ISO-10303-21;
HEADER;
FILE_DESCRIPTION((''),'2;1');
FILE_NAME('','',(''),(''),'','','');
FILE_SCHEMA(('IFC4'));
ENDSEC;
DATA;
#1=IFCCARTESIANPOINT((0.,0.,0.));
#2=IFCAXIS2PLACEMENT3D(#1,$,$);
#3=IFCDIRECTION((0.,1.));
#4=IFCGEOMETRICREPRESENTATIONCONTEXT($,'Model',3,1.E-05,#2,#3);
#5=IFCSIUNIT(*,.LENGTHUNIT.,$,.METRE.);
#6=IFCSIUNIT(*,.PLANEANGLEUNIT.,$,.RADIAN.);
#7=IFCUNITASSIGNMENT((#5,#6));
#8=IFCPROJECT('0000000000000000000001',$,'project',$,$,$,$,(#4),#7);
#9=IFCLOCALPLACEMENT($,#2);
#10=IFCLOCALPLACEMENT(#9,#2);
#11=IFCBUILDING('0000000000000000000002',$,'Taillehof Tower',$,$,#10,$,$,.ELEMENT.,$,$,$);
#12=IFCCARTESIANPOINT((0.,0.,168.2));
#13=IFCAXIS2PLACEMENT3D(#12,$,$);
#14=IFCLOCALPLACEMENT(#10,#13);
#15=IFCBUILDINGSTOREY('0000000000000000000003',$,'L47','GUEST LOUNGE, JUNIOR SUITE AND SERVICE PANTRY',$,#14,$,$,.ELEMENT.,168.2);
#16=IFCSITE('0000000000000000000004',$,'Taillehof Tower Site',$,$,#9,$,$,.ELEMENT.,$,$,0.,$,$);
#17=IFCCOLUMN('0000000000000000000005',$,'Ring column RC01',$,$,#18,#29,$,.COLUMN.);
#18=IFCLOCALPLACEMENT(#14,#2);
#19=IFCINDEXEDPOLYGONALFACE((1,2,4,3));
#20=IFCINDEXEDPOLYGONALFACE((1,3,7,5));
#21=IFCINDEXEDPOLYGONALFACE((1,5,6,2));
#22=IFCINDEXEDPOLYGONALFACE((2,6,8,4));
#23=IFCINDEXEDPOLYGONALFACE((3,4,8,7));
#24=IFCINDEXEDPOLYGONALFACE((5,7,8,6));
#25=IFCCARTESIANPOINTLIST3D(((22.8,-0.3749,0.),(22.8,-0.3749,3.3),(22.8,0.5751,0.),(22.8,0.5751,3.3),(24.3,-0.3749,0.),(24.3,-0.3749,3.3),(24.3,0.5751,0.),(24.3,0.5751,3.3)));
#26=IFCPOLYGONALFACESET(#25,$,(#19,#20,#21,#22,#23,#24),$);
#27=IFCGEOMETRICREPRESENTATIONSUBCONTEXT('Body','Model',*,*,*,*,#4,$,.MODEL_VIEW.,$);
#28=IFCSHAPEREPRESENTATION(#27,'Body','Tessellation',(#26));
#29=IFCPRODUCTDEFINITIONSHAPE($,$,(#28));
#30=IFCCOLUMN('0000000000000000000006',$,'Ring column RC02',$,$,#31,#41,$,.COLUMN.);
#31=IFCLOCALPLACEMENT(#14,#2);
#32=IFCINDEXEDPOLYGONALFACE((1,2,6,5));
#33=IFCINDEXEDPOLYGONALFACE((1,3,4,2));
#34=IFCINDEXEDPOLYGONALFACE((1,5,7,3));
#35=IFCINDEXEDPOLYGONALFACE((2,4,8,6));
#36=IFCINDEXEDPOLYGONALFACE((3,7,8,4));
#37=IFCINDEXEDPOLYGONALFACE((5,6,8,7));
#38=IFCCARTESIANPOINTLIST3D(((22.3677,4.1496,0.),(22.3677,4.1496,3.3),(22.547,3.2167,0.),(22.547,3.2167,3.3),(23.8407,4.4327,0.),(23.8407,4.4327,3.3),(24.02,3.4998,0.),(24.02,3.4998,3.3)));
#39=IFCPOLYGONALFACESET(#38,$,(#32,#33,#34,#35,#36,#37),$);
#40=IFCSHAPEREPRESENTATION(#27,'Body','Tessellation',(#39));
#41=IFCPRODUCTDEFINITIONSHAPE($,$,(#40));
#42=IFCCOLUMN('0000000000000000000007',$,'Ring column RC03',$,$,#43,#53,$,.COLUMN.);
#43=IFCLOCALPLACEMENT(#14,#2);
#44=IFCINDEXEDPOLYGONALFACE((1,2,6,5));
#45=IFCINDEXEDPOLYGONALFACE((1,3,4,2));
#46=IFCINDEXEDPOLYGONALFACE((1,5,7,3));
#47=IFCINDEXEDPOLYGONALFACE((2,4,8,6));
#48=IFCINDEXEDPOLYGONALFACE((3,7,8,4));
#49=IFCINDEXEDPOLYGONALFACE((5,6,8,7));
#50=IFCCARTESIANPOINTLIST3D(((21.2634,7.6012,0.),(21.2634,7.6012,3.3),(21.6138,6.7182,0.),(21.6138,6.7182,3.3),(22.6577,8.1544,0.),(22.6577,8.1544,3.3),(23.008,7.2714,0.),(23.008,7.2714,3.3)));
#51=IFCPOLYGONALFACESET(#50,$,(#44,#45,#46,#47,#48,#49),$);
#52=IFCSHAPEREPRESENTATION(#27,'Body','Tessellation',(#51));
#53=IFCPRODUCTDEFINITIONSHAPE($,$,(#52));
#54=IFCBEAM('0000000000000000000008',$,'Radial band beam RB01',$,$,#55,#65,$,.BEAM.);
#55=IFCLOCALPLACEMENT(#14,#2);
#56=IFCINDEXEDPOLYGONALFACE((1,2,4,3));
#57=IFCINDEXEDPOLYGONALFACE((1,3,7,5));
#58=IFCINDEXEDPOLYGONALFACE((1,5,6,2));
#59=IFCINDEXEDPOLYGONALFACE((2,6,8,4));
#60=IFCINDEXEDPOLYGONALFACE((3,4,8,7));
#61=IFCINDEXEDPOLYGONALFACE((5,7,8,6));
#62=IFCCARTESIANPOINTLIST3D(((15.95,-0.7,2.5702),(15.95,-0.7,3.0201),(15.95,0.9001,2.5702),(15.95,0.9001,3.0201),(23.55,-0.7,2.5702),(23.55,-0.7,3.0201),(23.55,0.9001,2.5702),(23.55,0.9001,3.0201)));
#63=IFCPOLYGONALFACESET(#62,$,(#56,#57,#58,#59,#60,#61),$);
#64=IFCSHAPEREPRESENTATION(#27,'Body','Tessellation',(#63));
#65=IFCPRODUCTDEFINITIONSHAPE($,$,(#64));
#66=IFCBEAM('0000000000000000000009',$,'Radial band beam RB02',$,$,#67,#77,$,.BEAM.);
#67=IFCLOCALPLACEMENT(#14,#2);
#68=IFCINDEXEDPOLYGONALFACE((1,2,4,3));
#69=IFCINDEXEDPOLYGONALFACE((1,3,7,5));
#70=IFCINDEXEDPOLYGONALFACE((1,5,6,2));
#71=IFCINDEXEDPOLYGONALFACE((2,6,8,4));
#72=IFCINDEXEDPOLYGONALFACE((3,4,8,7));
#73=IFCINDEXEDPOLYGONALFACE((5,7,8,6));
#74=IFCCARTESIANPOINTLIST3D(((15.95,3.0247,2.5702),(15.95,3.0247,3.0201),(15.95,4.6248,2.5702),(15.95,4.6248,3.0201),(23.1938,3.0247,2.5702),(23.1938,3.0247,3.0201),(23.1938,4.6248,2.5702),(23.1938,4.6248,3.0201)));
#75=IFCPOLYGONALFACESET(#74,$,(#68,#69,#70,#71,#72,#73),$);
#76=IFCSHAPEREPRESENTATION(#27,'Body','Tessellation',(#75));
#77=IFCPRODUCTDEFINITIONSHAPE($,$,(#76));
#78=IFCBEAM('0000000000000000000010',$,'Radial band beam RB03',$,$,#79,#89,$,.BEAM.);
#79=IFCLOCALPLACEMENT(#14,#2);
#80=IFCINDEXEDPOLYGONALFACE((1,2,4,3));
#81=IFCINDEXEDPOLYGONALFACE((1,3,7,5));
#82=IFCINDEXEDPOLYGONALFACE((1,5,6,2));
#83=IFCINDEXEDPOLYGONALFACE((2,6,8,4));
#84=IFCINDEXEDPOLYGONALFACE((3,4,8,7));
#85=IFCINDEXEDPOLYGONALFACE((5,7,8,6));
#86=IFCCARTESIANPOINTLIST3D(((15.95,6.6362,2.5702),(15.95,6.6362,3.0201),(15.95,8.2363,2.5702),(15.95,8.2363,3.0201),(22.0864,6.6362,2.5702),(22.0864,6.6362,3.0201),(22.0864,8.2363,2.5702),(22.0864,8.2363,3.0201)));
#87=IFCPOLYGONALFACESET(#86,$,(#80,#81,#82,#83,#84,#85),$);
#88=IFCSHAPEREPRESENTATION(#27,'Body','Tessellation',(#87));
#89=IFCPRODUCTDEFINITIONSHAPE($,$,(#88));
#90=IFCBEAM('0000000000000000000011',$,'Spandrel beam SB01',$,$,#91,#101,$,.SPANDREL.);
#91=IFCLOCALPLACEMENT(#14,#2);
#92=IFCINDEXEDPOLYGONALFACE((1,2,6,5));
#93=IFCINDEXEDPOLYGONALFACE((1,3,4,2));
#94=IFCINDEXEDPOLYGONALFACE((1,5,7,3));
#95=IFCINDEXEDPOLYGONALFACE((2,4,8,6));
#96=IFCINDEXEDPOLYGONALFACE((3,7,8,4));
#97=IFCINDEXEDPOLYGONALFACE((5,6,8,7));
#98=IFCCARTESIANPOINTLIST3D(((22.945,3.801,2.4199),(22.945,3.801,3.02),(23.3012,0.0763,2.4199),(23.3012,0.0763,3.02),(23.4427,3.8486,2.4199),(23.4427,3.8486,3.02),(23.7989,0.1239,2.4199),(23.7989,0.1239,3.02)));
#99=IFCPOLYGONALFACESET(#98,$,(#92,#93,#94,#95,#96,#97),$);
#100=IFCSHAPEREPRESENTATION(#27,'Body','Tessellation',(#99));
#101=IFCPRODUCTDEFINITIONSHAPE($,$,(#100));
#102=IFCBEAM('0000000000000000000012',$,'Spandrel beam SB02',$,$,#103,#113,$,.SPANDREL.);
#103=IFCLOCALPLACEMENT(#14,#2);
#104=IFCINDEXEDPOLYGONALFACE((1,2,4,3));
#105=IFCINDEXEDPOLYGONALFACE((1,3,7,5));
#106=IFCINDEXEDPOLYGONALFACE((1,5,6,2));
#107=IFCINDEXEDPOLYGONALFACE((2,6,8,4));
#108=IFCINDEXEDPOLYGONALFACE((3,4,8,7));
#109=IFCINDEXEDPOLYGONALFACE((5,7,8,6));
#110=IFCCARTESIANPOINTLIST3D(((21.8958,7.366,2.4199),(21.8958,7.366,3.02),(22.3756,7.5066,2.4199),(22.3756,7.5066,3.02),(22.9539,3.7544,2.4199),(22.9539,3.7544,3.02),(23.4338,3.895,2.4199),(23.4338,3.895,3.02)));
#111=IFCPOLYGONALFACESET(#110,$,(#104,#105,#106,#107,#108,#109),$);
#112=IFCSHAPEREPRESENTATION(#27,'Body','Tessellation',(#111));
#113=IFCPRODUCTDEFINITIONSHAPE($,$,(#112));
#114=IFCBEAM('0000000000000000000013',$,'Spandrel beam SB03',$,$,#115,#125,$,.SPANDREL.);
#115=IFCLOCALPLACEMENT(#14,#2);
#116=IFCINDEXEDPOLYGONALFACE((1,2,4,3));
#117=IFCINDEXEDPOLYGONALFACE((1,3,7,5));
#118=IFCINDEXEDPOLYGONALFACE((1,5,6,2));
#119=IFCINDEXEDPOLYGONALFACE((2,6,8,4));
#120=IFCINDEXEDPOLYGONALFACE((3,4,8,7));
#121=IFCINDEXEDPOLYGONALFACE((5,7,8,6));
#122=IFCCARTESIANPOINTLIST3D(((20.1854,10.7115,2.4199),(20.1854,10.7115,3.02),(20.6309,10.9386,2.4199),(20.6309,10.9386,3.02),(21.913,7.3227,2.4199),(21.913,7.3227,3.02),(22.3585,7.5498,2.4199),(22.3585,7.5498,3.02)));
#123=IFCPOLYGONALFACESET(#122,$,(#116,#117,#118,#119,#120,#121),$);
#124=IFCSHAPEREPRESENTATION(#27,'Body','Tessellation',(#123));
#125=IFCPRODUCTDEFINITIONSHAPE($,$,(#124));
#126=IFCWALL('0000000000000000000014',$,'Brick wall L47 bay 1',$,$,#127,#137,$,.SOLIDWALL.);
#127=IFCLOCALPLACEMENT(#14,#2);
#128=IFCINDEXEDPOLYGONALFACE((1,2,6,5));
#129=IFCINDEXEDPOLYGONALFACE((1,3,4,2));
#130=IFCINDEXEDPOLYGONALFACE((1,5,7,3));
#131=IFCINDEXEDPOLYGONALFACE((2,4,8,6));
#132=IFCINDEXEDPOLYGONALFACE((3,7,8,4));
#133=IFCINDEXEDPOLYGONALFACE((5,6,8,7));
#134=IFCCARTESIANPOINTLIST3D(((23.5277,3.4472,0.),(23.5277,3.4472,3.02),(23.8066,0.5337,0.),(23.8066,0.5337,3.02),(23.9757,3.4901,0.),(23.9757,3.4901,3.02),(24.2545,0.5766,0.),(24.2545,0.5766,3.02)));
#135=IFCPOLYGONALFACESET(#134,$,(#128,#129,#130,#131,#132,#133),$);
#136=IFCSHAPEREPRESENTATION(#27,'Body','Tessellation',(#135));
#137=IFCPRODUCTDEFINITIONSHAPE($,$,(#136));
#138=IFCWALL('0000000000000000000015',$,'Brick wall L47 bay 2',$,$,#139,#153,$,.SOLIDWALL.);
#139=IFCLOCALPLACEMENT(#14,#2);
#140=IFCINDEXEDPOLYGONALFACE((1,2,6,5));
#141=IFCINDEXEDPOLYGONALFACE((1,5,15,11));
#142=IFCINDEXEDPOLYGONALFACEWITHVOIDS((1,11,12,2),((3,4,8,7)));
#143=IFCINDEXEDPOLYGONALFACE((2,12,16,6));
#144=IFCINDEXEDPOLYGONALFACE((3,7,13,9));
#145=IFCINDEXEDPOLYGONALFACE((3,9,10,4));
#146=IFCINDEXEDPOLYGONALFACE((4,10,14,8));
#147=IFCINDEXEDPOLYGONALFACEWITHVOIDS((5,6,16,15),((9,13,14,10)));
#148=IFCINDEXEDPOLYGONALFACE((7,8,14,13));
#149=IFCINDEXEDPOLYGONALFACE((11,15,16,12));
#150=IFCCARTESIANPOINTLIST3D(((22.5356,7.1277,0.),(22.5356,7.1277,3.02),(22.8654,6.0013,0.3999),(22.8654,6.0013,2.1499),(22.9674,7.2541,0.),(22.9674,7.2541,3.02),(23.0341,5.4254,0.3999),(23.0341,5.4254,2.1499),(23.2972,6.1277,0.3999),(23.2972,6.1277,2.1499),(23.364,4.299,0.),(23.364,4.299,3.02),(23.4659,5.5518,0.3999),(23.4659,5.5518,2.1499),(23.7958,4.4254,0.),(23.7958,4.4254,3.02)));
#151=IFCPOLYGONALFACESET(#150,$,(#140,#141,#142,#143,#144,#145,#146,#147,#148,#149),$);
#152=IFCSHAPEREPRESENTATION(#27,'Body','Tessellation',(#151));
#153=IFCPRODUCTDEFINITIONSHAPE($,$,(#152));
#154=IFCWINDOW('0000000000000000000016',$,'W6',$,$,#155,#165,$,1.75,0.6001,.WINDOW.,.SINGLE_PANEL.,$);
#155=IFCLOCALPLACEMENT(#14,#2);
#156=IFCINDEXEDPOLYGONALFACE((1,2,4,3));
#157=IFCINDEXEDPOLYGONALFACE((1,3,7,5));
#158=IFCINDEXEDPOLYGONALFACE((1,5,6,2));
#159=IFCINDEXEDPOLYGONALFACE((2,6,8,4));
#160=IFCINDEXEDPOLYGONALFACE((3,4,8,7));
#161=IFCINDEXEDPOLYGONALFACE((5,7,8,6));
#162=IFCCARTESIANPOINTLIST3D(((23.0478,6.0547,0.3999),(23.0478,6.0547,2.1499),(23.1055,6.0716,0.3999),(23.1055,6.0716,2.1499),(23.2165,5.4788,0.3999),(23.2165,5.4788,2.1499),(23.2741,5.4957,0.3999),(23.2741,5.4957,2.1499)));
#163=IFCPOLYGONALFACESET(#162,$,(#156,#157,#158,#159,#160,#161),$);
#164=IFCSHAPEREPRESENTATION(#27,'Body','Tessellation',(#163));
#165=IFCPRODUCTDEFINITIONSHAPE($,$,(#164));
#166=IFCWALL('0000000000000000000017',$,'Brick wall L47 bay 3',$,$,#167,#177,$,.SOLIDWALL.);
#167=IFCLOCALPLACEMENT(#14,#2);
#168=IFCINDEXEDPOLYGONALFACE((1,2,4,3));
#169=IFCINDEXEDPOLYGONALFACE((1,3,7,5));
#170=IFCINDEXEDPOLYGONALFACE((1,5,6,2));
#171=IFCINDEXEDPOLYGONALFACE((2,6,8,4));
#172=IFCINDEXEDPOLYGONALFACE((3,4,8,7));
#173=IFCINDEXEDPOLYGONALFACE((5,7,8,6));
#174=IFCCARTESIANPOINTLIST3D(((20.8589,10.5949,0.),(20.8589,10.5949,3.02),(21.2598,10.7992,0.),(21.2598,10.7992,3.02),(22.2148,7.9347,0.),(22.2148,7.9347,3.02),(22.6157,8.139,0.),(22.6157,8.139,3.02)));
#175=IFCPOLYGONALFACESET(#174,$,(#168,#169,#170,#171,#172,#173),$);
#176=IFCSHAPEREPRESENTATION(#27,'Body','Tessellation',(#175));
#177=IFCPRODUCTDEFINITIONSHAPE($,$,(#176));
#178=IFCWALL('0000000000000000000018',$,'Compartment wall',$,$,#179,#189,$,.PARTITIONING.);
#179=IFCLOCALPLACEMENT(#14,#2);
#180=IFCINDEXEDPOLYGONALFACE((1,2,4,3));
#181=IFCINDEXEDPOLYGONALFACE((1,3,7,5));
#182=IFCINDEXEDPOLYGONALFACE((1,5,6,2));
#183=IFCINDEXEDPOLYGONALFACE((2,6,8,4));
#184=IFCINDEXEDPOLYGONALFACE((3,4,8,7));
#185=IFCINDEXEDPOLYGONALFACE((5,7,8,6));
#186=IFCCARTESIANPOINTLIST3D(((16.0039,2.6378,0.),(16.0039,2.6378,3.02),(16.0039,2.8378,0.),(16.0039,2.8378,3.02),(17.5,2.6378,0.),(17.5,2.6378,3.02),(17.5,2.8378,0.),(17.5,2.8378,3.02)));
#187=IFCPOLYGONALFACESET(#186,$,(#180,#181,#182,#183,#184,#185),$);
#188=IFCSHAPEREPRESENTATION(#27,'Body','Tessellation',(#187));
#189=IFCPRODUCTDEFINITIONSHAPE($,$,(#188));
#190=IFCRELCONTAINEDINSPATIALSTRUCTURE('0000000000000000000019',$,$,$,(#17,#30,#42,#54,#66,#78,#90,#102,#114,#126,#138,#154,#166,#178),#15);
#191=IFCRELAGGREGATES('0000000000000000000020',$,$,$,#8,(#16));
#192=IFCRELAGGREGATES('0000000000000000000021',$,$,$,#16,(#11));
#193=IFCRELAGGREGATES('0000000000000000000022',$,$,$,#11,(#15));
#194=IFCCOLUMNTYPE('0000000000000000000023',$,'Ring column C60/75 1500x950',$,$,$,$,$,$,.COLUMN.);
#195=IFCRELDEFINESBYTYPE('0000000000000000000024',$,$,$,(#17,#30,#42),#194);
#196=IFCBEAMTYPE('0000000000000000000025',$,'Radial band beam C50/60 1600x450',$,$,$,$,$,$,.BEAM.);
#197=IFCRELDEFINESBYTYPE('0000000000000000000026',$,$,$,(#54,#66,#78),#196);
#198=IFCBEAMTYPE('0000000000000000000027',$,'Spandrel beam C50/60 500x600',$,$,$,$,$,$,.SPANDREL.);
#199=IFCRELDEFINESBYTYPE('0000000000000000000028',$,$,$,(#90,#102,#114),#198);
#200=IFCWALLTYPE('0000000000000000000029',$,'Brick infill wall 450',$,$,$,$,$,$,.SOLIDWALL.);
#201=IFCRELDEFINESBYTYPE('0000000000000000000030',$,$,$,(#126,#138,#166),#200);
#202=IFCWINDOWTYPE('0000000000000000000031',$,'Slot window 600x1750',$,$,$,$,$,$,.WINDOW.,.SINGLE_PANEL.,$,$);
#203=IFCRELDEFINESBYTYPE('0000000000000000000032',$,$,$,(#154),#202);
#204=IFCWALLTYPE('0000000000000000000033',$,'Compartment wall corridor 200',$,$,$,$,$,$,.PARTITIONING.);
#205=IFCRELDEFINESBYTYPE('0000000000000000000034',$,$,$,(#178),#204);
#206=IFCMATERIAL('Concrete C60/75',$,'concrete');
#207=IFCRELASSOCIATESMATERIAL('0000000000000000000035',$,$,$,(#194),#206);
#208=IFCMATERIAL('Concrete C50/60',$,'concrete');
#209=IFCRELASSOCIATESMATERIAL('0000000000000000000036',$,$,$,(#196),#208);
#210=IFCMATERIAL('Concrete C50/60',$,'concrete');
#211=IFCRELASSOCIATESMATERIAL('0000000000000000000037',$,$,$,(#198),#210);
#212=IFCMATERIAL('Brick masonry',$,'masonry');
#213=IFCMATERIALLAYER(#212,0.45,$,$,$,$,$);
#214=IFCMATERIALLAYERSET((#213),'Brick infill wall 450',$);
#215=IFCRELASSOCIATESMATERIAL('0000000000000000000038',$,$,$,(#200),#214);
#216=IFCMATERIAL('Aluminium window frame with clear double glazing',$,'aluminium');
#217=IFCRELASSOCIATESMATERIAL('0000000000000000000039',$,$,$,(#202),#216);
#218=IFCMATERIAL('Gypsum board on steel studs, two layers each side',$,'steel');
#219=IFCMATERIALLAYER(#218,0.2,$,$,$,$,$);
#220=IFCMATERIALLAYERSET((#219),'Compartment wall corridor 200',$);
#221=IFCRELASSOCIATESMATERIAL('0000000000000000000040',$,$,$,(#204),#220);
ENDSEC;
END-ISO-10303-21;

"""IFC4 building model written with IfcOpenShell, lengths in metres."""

from ifc_helpers import new_model, si_unit, direction, frame, frame_2d, origin, origin_2d, place, context, subcontext, project, spatial, rectangle, extrude, material, layer, layer_set, material_profile, profile_set, type_object, element, fill, save


model = new_model("IFC4")

# Units and contexts
model_context = context("Model", 3, precision=1e-05, world=origin(), true_north=direction((0.0, 1.0)))
body_context = subcontext(model_context, "Body", "Model", "MODEL_VIEW")
ifc_project = project(units=[si_unit("LENGTHUNIT", "METRE"), si_unit("PLANEANGLEUNIT", "RADIAN")], contexts=[model_context])

# Site, building, storey
site_placement = place(None, origin())
site = spatial("IfcSite", under=ifc_project, at=site_placement, Name="Taillehof Tower Site", CompositionType="ELEMENT", RefElevation=0.0)
building_placement = place(site_placement, origin())
building = spatial("IfcBuilding", under=site, at=building_placement, Name="Taillehof Tower", CompositionType="ELEMENT")
storey_placement = place(building_placement, frame((0.0, 0.0, 168.2)))
storey = spatial("IfcBuildingStorey", under=building, at=storey_placement, Name="L47", Description="GUEST LOUNGE, JUNIOR SUITE AND SERVICE PANTRY", CompositionType="ELEMENT", Elevation=168.2)

# Columns
ifc_material_1 = material(Name="Concrete C60/75", Category="concrete")
ifc_material_profile_1 = material_profile(ifc_material_1, rectangle(XDim=1.5, YDim=0.95, at=origin_2d()), Name="RC 1500x950")
ifc_profile_set_1 = profile_set([ifc_material_profile_1], Name="Concrete C60/75")
column_type = type_object("IfcColumnType", Name="Ring column C60/75 1500x950", PredefinedType="COLUMN", material=ifc_profile_set_1)
for number, where, z_axis, x_axis, name in (
    (1, (23.55, 0.1001, 0.0), (0.0, 0.0, 1.0), (1.0, 0.0, 0.0), "Ring column RC01"),
    (2, (23.1938, 3.8247, 0.0), (0.0, 0.0, 1.0), (0.982024, 0.188757, 0.0), "Ring column RC02"),
    (3, (22.1357, 7.4363, 0.0), (0.0, 0.0, 1.0), (0.929511, 0.368793, 0.0), "Ring column RC03"),
):
    element("IfcColumn", number, at=place(storey_placement, frame(where, z_axis=z_axis, x_axis=x_axis)), inside=storey, type_object=column_type, Name=name, PredefinedType="COLUMN", context=body_context, shape_type="SweptSolid", body=[
        extrude(rectangle(XDim=1.5, YDim=0.95, at=origin_2d()), origin(), (0.0, 0.0, 1.0), 3.3),
    ])

# Beams
ifc_material_2 = material(Name="Concrete C50/60", Category="concrete")
ifc_material_profile_2 = material_profile(ifc_material_2, rectangle(XDim=1.6001, YDim=0.45, at=origin_2d()), Name="RC 1600x450")
ifc_profile_set_2 = profile_set([ifc_material_profile_2], Name="Concrete C50/60")
beam_type_1 = type_object("IfcBeamType", Name="Radial band beam C50/60 1600x450", PredefinedType="BEAM", material=ifc_profile_set_2)
beam_1_placement = place(storey_placement, frame((23.55, 0.1001, 2.7952), z_axis=(-1.0, 0.0, 0.0), x_axis=(0.0, -1.0, 0.0)))
element("IfcBeam", 4, at=beam_1_placement, inside=storey, type_object=beam_type_1, Name="Radial band beam RB01", PredefinedType="BEAM", context=body_context, shape_type="SweptSolid", body=[
    extrude(rectangle(XDim=1.6001, YDim=0.45, at=origin_2d()), origin(), (0.0, 0.0, 1.0), 7.6001),
])
beam_2_placement = place(storey_placement, frame((23.1938, 3.8247, 2.7952), z_axis=(-1.0, 0.0, 0.0), x_axis=(0.0, -1.0, 0.0)))
element("IfcBeam", 5, at=beam_2_placement, inside=storey, type_object=beam_type_1, Name="Radial band beam RB02", PredefinedType="BEAM", context=body_context, shape_type="SweptSolid", body=[
    extrude(rectangle(XDim=1.6001, YDim=0.45, at=origin_2d()), origin(), (0.0, 0.0, 1.0), 7.2439),
])
beam_3_placement = place(storey_placement, frame((22.0864, 7.4363, 2.7952), z_axis=(-1.0, 0.0, 0.0), x_axis=(0.0, -1.0, 0.0)))
element("IfcBeam", 6, at=beam_3_placement, inside=storey, type_object=beam_type_1, Name="Radial band beam RB03", PredefinedType="BEAM", context=body_context, shape_type="SweptSolid", body=[
    extrude(rectangle(XDim=1.6001, YDim=0.45, at=origin_2d()), origin(), (0.0, 0.0, 1.0), 6.1365),
])
ifc_material_3 = material(Name="Concrete C50/60", Category="concrete")
ifc_material_profile_3 = material_profile(ifc_material_3, rectangle(XDim=0.5, YDim=0.6001, at=origin_2d()), Name="RC 500x600")
ifc_profile_set_3 = profile_set([ifc_material_profile_3], Name="Concrete C50/60")
beam_type_2 = type_object("IfcBeamType", Name="Spandrel beam C50/60 500x600", PredefinedType="SPANDREL", material=ifc_profile_set_3)
beam_4_placement = place(storey_placement, frame((23.55, 0.1001, 2.72), z_axis=(-0.0952, 0.995458, 0.0), x_axis=(-0.995458, -0.0952, 0.0)))
element("IfcBeam", 7, at=beam_4_placement, inside=storey, type_object=beam_type_2, Name="Spandrel beam SB01", PredefinedType="SPANDREL", context=body_context, shape_type="SweptSolid", body=[
    extrude(rectangle(XDim=0.5, YDim=0.6001, at=origin_2d()), origin(), (0.0, 0.0, 1.0), 3.7417),
])
beam_5_placement = place(storey_placement, frame((23.1938, 3.8247, 2.72), z_axis=(-0.281158, 0.959661, 0.0), x_axis=(-0.959661, -0.281158, 0.0)))
element("IfcBeam", 8, at=beam_5_placement, inside=storey, type_object=beam_type_2, Name="Spandrel beam SB02", PredefinedType="SPANDREL", context=body_context, shape_type="SweptSolid", body=[
    extrude(rectangle(XDim=0.5, YDim=0.6001, at=origin_2d()), origin(), (0.0, 0.0, 1.0), 3.7634),
])
beam_6_placement = place(storey_placement, frame((22.1357, 7.4363, 2.72), z_axis=(-0.454183, 0.890908, 0.0), x_axis=(-0.890908, -0.454183, 0.0)))
element("IfcBeam", 9, at=beam_6_placement, inside=storey, type_object=beam_type_2, Name="Spandrel beam SB03", PredefinedType="SPANDREL", context=body_context, shape_type="SweptSolid", body=[
    extrude(rectangle(XDim=0.5, YDim=0.6001, at=origin_2d()), origin(), (0.0, 0.0, 1.0), 3.8037),
])

# Wall
ifc_material_4 = material(Name="Brick masonry", Category="masonry")
ifc_layer_1 = layer(ifc_material_4, 0.45)
ifc_layer_set_1 = layer_set([ifc_layer_1], Name="Brick infill wall 450")
wall_type_1 = type_object("IfcWallType", Name="Brick infill wall 450", PredefinedType="SOLIDWALL", material=ifc_layer_set_1)
wall_1_placement = place(storey_placement, frame((24.0305, 0.5552, 0.0), z_axis=(0.0, 0.0, 1.0), x_axis=(-0.095266, 0.995452, 0.0)))
element("IfcWall", 10, at=wall_1_placement, inside=storey, type_object=wall_type_1, Name="Brick wall L47 bay 1", PredefinedType="SOLIDWALL", context=body_context, shape_type="SweptSolid", body=[
    extrude(rectangle(XDim=2.9268, YDim=0.45, at=frame_2d((1.4634, 0.0))), origin(), (0.0, 0.0, 1.0), 3.02),
])

# Wall, opening, window
wall_2_placement = place(storey_placement, frame((23.5798, 4.3623, 0.0), z_axis=(0.0, 0.0, 1.0), x_axis=(-0.281049, 0.959693, 0.0)))
wall_2 = element("IfcWall", 11, at=wall_2_placement, inside=storey, type_object=wall_type_1, Name="Brick wall L47 bay 2", PredefinedType="SOLIDWALL", context=body_context, shape_type="SweptSolid", body=[
    extrude(rectangle(XDim=2.9475, YDim=0.45, at=frame_2d((1.4736, 0.0))), origin(), (0.0, 0.0, 1.0), 3.02),
])
opening_placement = place(wall_2_placement, frame((1.1736, 0.0, 0.3999)))
opening = element("IfcOpeningElement", 12, at=opening_placement, cuts=wall_2, PredefinedType="OPENING", context=body_context, shape_type="SweptSolid", body=[
    extrude(rectangle(XDim=0.6001, YDim=1.75, at=frame_2d((0.3, 0.875))), frame((0.0, 0.2349, 0.0), z_axis=(0.0, -1.0, 0.0), x_axis=(1.0, 0.0, 0.0)), (0.0, 0.0, 1.0), 0.47),
])
ifc_material_5 = material(Name="Aluminium window frame with clear double glazing", Category="aluminium")
window_type = type_object("IfcWindowType", Name="Slot window 600x1750", PartitioningType="SINGLE_PANEL", PredefinedType="WINDOW", material=ifc_material_5)
window_placement = place(opening_placement, origin())
window = element("IfcWindow", 13, at=window_placement, inside=storey, type_object=window_type, Name="W6", OverallHeight=1.75, OverallWidth=0.6001, PartitioningType="SINGLE_PANEL", PredefinedType="WINDOW", context=body_context, shape_type="SweptSolid", body=[
    extrude(rectangle(XDim=0.6001, YDim=1.75, at=frame_2d((0.3, 0.875))), frame((0.0, 0.0349, 0.0), z_axis=(0.0, -1.0, 0.0), x_axis=(1.0, 0.0, 0.0)), (0.0, 0.0, 1.0), 0.0601),
])
fill(opening, window)

# Walls
wall_3_placement = place(storey_placement, frame((22.4153, 8.0369, 0.0), z_axis=(0.0, 0.0, 1.0), x_axis=(-0.454134, 0.890933, 0.0)))
element("IfcWall", 14, at=wall_3_placement, inside=storey, type_object=wall_type_1, Name="Brick wall L47 bay 3", PredefinedType="SOLIDWALL", context=body_context, shape_type="SweptSolid", body=[
    extrude(rectangle(XDim=2.9858, YDim=0.45, at=frame_2d((1.4929, 0.0))), origin(), (0.0, 0.0, 1.0), 3.02),
])
ifc_material_6 = material(Name="Gypsum board on steel studs, two layers each side", Category="steel")
ifc_layer_2 = layer(ifc_material_6, 0.2)
ifc_layer_set_2 = layer_set([ifc_layer_2], Name="Compartment wall corridor 200")
wall_type_2 = type_object("IfcWallType", Name="Compartment wall corridor 200", PredefinedType="PARTITIONING", material=ifc_layer_set_2)
wall_4_placement = place(storey_placement, frame((17.5, 2.7378, 0.0), z_axis=(0.0, 0.0, 1.0), x_axis=(-1.0, 0.0, 0.0)))
element("IfcWall", 15, at=wall_4_placement, inside=storey, type_object=wall_type_2, Name="Compartment wall", PredefinedType="PARTITIONING", context=body_context, shape_type="SweptSolid", body=[
    extrude(rectangle(XDim=1.4961, YDim=0.2, at=frame_2d((0.748, 0.0))), origin(), (0.0, 0.0, 1.0), 3.02),
])

save(model, "model.ifc")
